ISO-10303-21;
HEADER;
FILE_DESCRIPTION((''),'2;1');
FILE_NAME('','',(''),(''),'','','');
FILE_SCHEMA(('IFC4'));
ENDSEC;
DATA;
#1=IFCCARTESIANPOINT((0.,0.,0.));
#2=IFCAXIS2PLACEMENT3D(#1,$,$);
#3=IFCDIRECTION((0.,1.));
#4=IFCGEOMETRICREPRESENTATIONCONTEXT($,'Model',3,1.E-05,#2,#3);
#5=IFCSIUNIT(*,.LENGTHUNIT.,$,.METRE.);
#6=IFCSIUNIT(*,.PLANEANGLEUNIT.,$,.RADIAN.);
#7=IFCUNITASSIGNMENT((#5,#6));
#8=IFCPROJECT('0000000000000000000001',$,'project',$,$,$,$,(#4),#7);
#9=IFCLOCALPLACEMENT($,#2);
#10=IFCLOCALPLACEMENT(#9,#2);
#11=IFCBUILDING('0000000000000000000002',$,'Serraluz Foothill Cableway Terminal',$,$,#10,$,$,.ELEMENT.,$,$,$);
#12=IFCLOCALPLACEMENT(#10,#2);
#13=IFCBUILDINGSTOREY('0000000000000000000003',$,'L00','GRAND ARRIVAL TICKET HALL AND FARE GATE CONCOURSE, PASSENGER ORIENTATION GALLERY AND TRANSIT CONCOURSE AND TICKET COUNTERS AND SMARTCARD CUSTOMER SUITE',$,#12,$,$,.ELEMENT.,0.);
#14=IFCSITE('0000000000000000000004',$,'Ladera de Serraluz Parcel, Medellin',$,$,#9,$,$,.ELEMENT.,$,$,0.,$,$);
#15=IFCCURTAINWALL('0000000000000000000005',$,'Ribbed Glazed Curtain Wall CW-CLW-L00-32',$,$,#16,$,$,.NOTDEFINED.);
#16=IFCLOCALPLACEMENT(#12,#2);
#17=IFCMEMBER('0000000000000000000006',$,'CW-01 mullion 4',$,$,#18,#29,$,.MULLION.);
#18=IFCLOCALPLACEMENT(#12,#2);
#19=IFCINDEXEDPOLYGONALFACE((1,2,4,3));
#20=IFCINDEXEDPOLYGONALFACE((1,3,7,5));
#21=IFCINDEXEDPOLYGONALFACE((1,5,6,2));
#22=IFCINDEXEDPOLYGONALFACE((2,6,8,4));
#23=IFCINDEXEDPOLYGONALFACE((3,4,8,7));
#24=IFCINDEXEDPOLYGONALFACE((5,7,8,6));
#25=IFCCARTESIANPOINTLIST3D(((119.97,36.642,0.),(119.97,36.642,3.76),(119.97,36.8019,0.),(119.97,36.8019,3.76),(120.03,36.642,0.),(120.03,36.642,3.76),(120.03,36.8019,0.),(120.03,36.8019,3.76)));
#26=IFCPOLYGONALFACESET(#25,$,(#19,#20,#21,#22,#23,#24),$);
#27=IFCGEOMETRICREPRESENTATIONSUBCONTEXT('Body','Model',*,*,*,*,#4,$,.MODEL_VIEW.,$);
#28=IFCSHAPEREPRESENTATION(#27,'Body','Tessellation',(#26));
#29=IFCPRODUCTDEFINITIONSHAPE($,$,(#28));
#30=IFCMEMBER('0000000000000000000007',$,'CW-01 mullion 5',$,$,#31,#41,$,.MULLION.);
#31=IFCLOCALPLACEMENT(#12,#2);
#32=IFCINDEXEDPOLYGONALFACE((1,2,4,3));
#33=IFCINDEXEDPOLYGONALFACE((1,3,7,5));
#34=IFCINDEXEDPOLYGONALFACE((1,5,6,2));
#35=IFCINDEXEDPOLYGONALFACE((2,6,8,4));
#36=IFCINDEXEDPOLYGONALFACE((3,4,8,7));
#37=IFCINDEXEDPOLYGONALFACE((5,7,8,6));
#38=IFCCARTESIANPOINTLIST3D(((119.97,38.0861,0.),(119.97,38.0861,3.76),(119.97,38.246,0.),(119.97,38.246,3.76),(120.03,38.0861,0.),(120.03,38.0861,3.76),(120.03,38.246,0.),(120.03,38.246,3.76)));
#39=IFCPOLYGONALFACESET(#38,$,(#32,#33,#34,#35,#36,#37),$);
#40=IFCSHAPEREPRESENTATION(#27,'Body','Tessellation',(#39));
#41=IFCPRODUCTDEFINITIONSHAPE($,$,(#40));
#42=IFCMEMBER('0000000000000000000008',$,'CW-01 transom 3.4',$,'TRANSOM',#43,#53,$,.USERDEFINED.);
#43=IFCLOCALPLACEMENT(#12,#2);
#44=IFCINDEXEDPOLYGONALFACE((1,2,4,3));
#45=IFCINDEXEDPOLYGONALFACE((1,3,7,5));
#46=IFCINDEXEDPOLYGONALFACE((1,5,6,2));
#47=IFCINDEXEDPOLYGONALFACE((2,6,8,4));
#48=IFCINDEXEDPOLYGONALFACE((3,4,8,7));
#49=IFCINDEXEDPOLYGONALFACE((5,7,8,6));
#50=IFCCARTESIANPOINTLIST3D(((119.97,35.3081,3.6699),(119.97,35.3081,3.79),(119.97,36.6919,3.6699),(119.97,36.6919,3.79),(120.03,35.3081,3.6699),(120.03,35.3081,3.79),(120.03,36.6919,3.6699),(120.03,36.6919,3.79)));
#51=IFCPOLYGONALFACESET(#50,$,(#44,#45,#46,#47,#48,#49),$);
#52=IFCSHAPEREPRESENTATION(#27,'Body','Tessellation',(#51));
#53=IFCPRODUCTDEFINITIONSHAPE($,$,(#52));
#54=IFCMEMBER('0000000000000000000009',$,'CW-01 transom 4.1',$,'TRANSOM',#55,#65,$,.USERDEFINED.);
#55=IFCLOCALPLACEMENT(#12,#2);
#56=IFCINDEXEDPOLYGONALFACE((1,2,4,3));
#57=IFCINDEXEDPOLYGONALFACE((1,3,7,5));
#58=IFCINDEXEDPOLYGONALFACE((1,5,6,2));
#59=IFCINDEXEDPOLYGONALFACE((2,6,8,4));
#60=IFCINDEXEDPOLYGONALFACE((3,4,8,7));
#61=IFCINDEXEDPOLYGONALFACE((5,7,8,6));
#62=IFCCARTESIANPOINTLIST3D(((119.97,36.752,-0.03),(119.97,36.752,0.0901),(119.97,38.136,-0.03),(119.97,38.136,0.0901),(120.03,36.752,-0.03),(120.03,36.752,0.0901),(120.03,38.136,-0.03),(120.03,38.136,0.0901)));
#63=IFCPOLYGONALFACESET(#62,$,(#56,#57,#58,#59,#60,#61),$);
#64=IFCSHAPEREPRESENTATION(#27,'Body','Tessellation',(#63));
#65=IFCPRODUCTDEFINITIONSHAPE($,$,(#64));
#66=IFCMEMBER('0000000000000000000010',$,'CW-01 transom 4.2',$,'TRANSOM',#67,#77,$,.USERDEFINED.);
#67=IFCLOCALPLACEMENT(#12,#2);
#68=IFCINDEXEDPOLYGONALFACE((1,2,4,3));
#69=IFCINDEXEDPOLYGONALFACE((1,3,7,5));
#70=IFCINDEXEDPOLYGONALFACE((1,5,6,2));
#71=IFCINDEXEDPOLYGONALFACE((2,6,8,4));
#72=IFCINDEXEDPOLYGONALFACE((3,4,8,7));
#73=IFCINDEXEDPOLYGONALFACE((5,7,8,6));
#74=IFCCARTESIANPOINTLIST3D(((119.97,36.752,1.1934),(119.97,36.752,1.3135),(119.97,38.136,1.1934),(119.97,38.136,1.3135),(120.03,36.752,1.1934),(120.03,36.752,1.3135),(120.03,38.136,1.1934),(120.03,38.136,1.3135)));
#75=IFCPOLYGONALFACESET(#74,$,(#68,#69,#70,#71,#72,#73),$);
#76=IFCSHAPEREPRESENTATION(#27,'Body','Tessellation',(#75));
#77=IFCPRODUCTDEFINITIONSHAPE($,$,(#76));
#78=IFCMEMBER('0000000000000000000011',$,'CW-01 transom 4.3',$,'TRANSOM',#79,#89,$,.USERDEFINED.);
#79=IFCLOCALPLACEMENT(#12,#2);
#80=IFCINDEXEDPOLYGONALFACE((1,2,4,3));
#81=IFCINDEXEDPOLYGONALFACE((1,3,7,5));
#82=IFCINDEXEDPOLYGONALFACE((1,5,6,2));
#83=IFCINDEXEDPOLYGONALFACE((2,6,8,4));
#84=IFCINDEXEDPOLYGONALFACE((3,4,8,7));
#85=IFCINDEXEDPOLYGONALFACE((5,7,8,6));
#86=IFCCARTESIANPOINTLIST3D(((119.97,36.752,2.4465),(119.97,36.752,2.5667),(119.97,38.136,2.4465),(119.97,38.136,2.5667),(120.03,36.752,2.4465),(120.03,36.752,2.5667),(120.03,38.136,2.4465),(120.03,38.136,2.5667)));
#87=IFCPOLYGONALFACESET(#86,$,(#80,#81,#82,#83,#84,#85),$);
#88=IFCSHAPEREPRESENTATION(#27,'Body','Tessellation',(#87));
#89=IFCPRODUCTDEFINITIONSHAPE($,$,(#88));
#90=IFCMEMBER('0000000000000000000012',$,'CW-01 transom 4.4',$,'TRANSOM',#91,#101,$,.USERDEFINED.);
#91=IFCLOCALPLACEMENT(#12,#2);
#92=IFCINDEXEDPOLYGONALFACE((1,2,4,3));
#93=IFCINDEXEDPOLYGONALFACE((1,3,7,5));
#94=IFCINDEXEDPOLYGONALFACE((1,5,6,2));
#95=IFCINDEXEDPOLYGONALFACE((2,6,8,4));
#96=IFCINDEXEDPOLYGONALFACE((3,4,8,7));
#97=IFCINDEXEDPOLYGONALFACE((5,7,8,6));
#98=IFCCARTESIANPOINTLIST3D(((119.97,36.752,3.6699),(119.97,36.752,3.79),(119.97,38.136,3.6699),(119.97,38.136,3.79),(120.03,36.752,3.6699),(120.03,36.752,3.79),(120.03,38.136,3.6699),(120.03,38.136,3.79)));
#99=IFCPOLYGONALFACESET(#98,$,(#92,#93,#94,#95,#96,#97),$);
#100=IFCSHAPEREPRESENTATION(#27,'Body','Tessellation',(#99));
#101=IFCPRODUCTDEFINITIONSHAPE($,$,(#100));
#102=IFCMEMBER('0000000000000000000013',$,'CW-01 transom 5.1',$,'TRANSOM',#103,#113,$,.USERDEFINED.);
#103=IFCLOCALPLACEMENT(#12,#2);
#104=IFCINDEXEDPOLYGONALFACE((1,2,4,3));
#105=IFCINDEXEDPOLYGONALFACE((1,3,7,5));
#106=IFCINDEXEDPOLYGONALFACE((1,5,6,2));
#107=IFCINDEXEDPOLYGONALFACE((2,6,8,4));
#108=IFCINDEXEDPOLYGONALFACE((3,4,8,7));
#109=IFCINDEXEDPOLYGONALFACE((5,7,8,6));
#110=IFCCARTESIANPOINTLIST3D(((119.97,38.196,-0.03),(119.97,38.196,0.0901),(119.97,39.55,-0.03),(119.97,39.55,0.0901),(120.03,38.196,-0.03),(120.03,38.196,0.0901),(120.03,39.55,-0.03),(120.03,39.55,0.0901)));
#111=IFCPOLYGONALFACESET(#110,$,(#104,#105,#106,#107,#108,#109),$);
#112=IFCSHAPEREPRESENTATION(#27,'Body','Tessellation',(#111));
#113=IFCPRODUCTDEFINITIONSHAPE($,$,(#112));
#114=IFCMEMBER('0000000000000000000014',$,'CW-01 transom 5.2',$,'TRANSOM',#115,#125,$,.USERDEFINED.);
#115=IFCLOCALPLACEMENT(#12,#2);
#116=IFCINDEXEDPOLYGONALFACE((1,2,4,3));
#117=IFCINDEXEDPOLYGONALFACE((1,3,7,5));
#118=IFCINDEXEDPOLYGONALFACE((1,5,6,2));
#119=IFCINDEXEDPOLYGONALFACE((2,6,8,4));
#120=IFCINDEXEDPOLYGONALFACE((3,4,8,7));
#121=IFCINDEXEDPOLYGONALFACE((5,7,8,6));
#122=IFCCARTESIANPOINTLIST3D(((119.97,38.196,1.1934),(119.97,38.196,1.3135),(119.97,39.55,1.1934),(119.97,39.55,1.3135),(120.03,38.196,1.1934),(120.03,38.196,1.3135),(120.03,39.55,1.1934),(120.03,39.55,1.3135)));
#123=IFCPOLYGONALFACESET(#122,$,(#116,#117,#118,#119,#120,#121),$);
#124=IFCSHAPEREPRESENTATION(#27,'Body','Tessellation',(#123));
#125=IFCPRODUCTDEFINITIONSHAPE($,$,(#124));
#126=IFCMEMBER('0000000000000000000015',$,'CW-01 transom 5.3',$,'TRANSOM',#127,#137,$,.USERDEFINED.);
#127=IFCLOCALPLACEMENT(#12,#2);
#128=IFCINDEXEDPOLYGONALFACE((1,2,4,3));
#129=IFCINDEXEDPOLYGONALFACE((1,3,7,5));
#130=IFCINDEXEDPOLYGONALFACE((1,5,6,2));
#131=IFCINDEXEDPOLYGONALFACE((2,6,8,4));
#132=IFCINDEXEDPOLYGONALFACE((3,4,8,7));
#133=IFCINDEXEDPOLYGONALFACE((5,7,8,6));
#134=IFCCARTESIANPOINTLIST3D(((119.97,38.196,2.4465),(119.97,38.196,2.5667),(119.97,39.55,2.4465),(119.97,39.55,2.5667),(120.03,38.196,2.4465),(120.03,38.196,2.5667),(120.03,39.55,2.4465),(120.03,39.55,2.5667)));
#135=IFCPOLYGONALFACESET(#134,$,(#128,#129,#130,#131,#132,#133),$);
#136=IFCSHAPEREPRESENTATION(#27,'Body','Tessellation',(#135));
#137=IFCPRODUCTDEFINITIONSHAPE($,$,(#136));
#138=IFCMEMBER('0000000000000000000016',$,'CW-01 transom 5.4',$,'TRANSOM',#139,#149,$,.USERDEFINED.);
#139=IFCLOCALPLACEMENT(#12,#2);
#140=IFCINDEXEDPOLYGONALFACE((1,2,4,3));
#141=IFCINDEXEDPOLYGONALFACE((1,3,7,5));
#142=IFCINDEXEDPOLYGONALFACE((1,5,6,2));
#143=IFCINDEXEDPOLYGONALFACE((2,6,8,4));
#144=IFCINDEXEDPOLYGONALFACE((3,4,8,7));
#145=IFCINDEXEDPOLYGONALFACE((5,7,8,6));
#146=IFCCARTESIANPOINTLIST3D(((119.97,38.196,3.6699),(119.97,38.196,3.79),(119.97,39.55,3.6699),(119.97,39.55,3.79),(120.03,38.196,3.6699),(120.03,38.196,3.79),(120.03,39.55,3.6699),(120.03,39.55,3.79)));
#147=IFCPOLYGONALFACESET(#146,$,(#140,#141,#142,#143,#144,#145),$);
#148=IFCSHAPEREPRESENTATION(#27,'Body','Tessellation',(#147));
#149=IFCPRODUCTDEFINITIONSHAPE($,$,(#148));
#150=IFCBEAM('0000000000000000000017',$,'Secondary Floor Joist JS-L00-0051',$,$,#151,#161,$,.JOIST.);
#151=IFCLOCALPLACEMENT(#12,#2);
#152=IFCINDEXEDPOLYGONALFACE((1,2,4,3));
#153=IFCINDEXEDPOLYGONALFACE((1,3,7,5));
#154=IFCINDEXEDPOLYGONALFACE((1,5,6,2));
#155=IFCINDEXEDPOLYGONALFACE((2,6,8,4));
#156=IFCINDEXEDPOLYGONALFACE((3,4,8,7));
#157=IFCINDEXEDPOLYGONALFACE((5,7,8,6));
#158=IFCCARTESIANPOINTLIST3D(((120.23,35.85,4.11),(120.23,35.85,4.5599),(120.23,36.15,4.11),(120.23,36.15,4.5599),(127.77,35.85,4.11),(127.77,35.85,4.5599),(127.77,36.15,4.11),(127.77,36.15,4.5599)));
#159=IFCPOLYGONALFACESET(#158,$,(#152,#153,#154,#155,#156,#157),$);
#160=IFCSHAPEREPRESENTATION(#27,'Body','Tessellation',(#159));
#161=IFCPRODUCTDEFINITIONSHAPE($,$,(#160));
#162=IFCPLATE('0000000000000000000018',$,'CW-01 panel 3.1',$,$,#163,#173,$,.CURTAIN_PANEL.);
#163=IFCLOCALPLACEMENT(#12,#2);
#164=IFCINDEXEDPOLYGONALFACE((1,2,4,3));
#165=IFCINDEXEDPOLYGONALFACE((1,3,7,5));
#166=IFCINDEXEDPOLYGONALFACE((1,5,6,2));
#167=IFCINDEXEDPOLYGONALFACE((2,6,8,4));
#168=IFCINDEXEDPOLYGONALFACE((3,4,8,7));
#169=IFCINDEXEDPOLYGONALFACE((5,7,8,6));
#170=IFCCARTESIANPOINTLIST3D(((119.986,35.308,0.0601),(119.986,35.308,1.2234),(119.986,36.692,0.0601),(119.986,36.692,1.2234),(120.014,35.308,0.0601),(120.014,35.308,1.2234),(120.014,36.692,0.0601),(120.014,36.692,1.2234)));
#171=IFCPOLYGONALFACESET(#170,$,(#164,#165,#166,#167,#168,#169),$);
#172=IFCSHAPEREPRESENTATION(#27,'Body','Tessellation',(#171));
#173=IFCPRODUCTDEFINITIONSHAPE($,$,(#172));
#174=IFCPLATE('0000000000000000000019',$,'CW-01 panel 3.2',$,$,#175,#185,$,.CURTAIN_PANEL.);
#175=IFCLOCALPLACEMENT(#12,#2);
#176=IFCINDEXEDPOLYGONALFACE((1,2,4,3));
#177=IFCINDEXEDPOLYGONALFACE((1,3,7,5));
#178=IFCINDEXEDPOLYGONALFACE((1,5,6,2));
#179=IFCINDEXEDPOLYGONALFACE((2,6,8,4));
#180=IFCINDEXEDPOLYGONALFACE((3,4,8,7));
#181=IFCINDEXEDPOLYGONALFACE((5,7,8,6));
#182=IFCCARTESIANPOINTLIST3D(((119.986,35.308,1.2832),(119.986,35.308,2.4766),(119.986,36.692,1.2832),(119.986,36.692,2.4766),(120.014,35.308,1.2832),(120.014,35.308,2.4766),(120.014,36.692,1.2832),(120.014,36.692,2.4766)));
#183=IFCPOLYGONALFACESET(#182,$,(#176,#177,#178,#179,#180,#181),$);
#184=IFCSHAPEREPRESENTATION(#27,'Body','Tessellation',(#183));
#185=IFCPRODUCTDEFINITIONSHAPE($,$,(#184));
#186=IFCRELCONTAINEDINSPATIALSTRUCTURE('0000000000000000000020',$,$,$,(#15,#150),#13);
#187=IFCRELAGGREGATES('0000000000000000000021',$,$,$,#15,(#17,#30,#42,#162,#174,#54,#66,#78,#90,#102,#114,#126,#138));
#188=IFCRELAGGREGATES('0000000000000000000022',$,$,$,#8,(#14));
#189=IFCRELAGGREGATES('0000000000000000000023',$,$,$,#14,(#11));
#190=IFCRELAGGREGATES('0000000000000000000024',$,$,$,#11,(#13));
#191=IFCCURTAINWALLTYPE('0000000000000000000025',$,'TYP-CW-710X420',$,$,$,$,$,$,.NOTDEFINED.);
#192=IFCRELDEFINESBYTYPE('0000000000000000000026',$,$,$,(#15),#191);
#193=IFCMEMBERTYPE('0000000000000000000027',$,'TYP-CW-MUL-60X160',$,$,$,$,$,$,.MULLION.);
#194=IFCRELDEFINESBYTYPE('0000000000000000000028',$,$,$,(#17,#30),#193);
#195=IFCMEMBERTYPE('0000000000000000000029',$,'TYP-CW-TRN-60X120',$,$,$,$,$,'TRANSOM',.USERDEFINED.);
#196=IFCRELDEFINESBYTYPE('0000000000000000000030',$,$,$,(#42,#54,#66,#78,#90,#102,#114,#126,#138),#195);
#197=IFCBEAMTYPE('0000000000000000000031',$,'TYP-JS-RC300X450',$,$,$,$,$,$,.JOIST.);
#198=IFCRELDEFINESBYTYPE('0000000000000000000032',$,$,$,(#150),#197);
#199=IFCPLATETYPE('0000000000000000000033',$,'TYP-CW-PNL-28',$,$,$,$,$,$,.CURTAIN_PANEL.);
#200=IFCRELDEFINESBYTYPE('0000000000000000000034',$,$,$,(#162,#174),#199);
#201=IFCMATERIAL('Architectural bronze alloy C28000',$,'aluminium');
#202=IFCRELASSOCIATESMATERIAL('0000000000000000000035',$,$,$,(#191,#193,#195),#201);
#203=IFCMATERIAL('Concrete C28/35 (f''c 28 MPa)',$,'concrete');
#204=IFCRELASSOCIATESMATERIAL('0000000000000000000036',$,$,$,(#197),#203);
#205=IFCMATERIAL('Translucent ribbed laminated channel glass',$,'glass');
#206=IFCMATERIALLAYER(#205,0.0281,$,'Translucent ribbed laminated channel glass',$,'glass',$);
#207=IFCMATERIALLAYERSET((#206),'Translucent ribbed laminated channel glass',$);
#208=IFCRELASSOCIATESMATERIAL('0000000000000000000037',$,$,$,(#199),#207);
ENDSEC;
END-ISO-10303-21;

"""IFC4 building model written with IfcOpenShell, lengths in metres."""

from ifc_helpers import new_model, si_unit, direction, frame, origin, origin_2d, place, context, subcontext, project, spatial, rectangle, extrude, material, layer, layer_set, material_profile, profile_set, type_object, element, aggregate, save


model = new_model("IFC4")

# Units and contexts
model_context = context("Model", 3, precision=1e-05, world=origin(), true_north=direction((0.0, 1.0)))
body_context = subcontext(model_context, "Body", "Model", "MODEL_VIEW")
ifc_project = project(units=[si_unit("LENGTHUNIT", "METRE"), si_unit("PLANEANGLEUNIT", "RADIAN")], contexts=[model_context])

# Site, building, storey
site_placement = place(None, origin())
site = spatial("IfcSite", under=ifc_project, at=site_placement, Name="Ladera de Serraluz Parcel, Medellin", CompositionType="ELEMENT", RefElevation=0.0)
building_placement = place(site_placement, origin())
building = spatial("IfcBuilding", under=site, at=building_placement, Name="Serraluz Foothill Cableway Terminal", CompositionType="ELEMENT")
storey_placement = place(building_placement, origin())
storey = spatial("IfcBuildingStorey", under=building, at=storey_placement, Name="L00", Description="GRAND ARRIVAL TICKET HALL AND FARE GATE CONCOURSE, PASSENGER ORIENTATION GALLERY AND TRANSIT CONCOURSE AND TICKET COUNTERS AND SMARTCARD CUSTOMER SUITE", CompositionType="ELEMENT", Elevation=0.0)

# Curtain wall, members
ifc_material_1 = material(Name="Architectural bronze alloy C28000", Category="aluminium")
curtain_wall_type = type_object("IfcCurtainWallType", Name="TYP-CW-710X420", PredefinedType="NOTDEFINED", material=ifc_material_1)
curtain_wall_placement = place(storey_placement, origin())
curtain_wall = element("IfcCurtainWall", 1, at=curtain_wall_placement, inside=storey, type_object=curtain_wall_type, Name="Ribbed Glazed Curtain Wall CW-CLW-L00-32", PredefinedType="NOTDEFINED")
ifc_material_profile_1 = material_profile(ifc_material_1, rectangle(XDim=0.0601, YDim=0.1599, at=origin_2d()), Name="ALU MULLION 60x160")
ifc_profile_set_1 = profile_set([ifc_material_profile_1], Name="Architectural bronze alloy C28000")
member_type_1 = type_object("IfcMemberType", Name="TYP-CW-MUL-60X160", PredefinedType="MULLION", material=ifc_profile_set_1)
member_1_placement = place(storey_placement, frame((120.0, 36.7219, 0.0), z_axis=(0.0, 0.0, 1.0), x_axis=(-1.0, 0.0, 0.0)))
member_1 = element("IfcMember", 2, at=member_1_placement, type_object=member_type_1, Name="CW-01 mullion 4", PredefinedType="MULLION", context=body_context, shape_type="SweptSolid", body=[
    extrude(rectangle(XDim=0.0601, YDim=0.1599, at=origin_2d()), origin(), (0.0, 0.0, 1.0), 3.76),
])
member_2_placement = place(storey_placement, frame((120.0, 38.166, 0.0), z_axis=(0.0, 0.0, 1.0), x_axis=(-1.0, 0.0, 0.0)))
member_2 = element("IfcMember", 3, at=member_2_placement, type_object=member_type_1, Name="CW-01 mullion 5", PredefinedType="MULLION", context=body_context, shape_type="SweptSolid", body=[
    extrude(rectangle(XDim=0.0601, YDim=0.1599, at=origin_2d()), origin(), (0.0, 0.0, 1.0), 3.76),
])
ifc_material_profile_2 = material_profile(ifc_material_1, rectangle(XDim=0.0601, YDim=0.1201, at=origin_2d()), Name="ALU TRANSOM 60x120")
ifc_profile_set_2 = profile_set([ifc_material_profile_2], Name="Architectural bronze alloy C28000")
member_type_2 = type_object("IfcMemberType", Name="TYP-CW-TRN-60X120", ElementType="TRANSOM", PredefinedType="USERDEFINED", material=ifc_profile_set_2)
member_3_placement = place(storey_placement, frame((120.0, 35.3081, 3.73), z_axis=(0.0, 1.0, 0.0), x_axis=(-1.0, 0.0, 0.0)))
member_3 = element("IfcMember", 4, at=member_3_placement, type_object=member_type_2, Name="CW-01 transom 3.4", ObjectType="TRANSOM", PredefinedType="USERDEFINED", context=body_context, shape_type="SweptSolid", body=[
    extrude(rectangle(XDim=0.0601, YDim=0.1201, at=origin_2d()), origin(), (0.0, 0.0, 1.0), 1.3838),
])
member_4_placement = place(storey_placement, frame((120.0, 36.752, 0.03), z_axis=(0.0, 1.0, 0.0), x_axis=(-1.0, 0.0, 0.0)))
member_4 = element("IfcMember", 5, at=member_4_placement, type_object=member_type_2, Name="CW-01 transom 4.1", ObjectType="TRANSOM", PredefinedType="USERDEFINED", context=body_context, shape_type="SweptSolid", body=[
    extrude(rectangle(XDim=0.0601, YDim=0.1201, at=origin_2d()), origin(), (0.0, 0.0, 1.0), 1.384),
])
member_5_placement = place(storey_placement, frame((120.0, 36.752, 1.2534), z_axis=(0.0, 1.0, 0.0), x_axis=(-1.0, 0.0, 0.0)))
member_5 = element("IfcMember", 6, at=member_5_placement, type_object=member_type_2, Name="CW-01 transom 4.2", ObjectType="TRANSOM", PredefinedType="USERDEFINED", context=body_context, shape_type="SweptSolid", body=[
    extrude(rectangle(XDim=0.0601, YDim=0.1201, at=origin_2d()), origin(), (0.0, 0.0, 1.0), 1.384),
])
member_6_placement = place(storey_placement, frame((120.0, 36.752, 2.5066), z_axis=(0.0, 1.0, 0.0), x_axis=(-1.0, 0.0, 0.0)))
member_6 = element("IfcMember", 7, at=member_6_placement, type_object=member_type_2, Name="CW-01 transom 4.3", ObjectType="TRANSOM", PredefinedType="USERDEFINED", context=body_context, shape_type="SweptSolid", body=[
    extrude(rectangle(XDim=0.0601, YDim=0.1201, at=origin_2d()), origin(), (0.0, 0.0, 1.0), 1.384),
])
member_7_placement = place(storey_placement, frame((120.0, 36.752, 3.73), z_axis=(0.0, 1.0, 0.0), x_axis=(-1.0, 0.0, 0.0)))
member_7 = element("IfcMember", 8, at=member_7_placement, type_object=member_type_2, Name="CW-01 transom 4.4", ObjectType="TRANSOM", PredefinedType="USERDEFINED", context=body_context, shape_type="SweptSolid", body=[
    extrude(rectangle(XDim=0.0601, YDim=0.1201, at=origin_2d()), origin(), (0.0, 0.0, 1.0), 1.384),
])
member_8_placement = place(storey_placement, frame((120.0, 38.196, 0.03), z_axis=(0.0, 1.0, 0.0), x_axis=(-1.0, 0.0, 0.0)))
member_8 = element("IfcMember", 9, at=member_8_placement, type_object=member_type_2, Name="CW-01 transom 5.1", ObjectType="TRANSOM", PredefinedType="USERDEFINED", context=body_context, shape_type="SweptSolid", body=[
    extrude(rectangle(XDim=0.0601, YDim=0.1201, at=origin_2d()), origin(), (0.0, 0.0, 1.0), 1.354),
])
member_9_placement = place(storey_placement, frame((120.0, 38.196, 1.2534), z_axis=(0.0, 1.0, 0.0), x_axis=(-1.0, 0.0, 0.0)))
member_9 = element("IfcMember", 10, at=member_9_placement, type_object=member_type_2, Name="CW-01 transom 5.2", ObjectType="TRANSOM", PredefinedType="USERDEFINED", context=body_context, shape_type="SweptSolid", body=[
    extrude(rectangle(XDim=0.0601, YDim=0.1201, at=origin_2d()), origin(), (0.0, 0.0, 1.0), 1.354),
])
member_10_placement = place(storey_placement, frame((120.0, 38.196, 2.5066), z_axis=(0.0, 1.0, 0.0), x_axis=(-1.0, 0.0, 0.0)))
member_10 = element("IfcMember", 11, at=member_10_placement, type_object=member_type_2, Name="CW-01 transom 5.3", ObjectType="TRANSOM", PredefinedType="USERDEFINED", context=body_context, shape_type="SweptSolid", body=[
    extrude(rectangle(XDim=0.0601, YDim=0.1201, at=origin_2d()), origin(), (0.0, 0.0, 1.0), 1.354),
])
member_11_placement = place(storey_placement, frame((120.0, 38.196, 3.73), z_axis=(0.0, 1.0, 0.0), x_axis=(-1.0, 0.0, 0.0)))
member_11 = element("IfcMember", 12, at=member_11_placement, type_object=member_type_2, Name="CW-01 transom 5.4", ObjectType="TRANSOM", PredefinedType="USERDEFINED", context=body_context, shape_type="SweptSolid", body=[
    extrude(rectangle(XDim=0.0601, YDim=0.1201, at=origin_2d()), origin(), (0.0, 0.0, 1.0), 1.354),
])

# Beam
ifc_material_2 = material(Name="Concrete C28/35 (f'c 28 MPa)", Category="concrete")
ifc_material_profile_3 = material_profile(ifc_material_2, rectangle(XDim=0.3, YDim=0.45, at=origin_2d()), Name="RC 300x450")
ifc_profile_set_3 = profile_set([ifc_material_profile_3], Name="Concrete C28/35 (f'c 28 MPa)")
beam_type = type_object("IfcBeamType", Name="TYP-JS-RC300X450", PredefinedType="JOIST", material=ifc_profile_set_3)
beam_placement = place(storey_placement, frame((120.23, 36.0, 4.335), z_axis=(1.0, 0.0, 0.0), x_axis=(0.0, 1.0, 0.0)))
element("IfcBeam", 13, at=beam_placement, inside=storey, type_object=beam_type, Name="Secondary Floor Joist JS-L00-0051", PredefinedType="JOIST", context=body_context, shape_type="SweptSolid", body=[
    extrude(rectangle(XDim=0.3, YDim=0.45, at=origin_2d()), origin(), (0.0, 0.0, 1.0), 7.54),
])

# Plates
ifc_material_3 = material(Name="Translucent ribbed laminated channel glass", Category="glass")
ifc_layer = layer(ifc_material_3, 0.0281, Name="Translucent ribbed laminated channel glass", Category="glass")
ifc_layer_set = layer_set([ifc_layer], Name="Translucent ribbed laminated channel glass")
plate_type = type_object("IfcPlateType", Name="TYP-CW-PNL-28", PredefinedType="CURTAIN_PANEL", material=ifc_layer_set)
plate_1_placement = place(storey_placement, frame((120.0, 36.0, 0.0601), z_axis=(0.0, 0.0, 1.0), x_axis=(0.0, 1.0, 0.0)))
plate_1 = element("IfcPlate", 14, at=plate_1_placement, type_object=plate_type, Name="CW-01 panel 3.1", PredefinedType="CURTAIN_PANEL", context=body_context, shape_type="SweptSolid", body=[
    extrude(rectangle(XDim=1.384, YDim=0.0281, at=origin_2d()), origin(), (0.0, 0.0, 1.0), 1.1633),
])
plate_2_placement = place(storey_placement, frame((120.0, 36.0, 1.2832), z_axis=(0.0, 0.0, 1.0), x_axis=(0.0, 1.0, 0.0)))
plate_2 = element("IfcPlate", 15, at=plate_2_placement, type_object=plate_type, Name="CW-01 panel 3.2", PredefinedType="CURTAIN_PANEL", context=body_context, shape_type="SweptSolid", body=[
    extrude(rectangle(XDim=1.384, YDim=0.0281, at=origin_2d()), origin(), (0.0, 0.0, 1.0), 1.1934),
])
aggregate(curtain_wall, [member_1, member_2, member_3, plate_1, plate_2, member_4, member_5, member_6, member_7, member_8, member_9, member_10, member_11])

save(model, "model.ifc")
